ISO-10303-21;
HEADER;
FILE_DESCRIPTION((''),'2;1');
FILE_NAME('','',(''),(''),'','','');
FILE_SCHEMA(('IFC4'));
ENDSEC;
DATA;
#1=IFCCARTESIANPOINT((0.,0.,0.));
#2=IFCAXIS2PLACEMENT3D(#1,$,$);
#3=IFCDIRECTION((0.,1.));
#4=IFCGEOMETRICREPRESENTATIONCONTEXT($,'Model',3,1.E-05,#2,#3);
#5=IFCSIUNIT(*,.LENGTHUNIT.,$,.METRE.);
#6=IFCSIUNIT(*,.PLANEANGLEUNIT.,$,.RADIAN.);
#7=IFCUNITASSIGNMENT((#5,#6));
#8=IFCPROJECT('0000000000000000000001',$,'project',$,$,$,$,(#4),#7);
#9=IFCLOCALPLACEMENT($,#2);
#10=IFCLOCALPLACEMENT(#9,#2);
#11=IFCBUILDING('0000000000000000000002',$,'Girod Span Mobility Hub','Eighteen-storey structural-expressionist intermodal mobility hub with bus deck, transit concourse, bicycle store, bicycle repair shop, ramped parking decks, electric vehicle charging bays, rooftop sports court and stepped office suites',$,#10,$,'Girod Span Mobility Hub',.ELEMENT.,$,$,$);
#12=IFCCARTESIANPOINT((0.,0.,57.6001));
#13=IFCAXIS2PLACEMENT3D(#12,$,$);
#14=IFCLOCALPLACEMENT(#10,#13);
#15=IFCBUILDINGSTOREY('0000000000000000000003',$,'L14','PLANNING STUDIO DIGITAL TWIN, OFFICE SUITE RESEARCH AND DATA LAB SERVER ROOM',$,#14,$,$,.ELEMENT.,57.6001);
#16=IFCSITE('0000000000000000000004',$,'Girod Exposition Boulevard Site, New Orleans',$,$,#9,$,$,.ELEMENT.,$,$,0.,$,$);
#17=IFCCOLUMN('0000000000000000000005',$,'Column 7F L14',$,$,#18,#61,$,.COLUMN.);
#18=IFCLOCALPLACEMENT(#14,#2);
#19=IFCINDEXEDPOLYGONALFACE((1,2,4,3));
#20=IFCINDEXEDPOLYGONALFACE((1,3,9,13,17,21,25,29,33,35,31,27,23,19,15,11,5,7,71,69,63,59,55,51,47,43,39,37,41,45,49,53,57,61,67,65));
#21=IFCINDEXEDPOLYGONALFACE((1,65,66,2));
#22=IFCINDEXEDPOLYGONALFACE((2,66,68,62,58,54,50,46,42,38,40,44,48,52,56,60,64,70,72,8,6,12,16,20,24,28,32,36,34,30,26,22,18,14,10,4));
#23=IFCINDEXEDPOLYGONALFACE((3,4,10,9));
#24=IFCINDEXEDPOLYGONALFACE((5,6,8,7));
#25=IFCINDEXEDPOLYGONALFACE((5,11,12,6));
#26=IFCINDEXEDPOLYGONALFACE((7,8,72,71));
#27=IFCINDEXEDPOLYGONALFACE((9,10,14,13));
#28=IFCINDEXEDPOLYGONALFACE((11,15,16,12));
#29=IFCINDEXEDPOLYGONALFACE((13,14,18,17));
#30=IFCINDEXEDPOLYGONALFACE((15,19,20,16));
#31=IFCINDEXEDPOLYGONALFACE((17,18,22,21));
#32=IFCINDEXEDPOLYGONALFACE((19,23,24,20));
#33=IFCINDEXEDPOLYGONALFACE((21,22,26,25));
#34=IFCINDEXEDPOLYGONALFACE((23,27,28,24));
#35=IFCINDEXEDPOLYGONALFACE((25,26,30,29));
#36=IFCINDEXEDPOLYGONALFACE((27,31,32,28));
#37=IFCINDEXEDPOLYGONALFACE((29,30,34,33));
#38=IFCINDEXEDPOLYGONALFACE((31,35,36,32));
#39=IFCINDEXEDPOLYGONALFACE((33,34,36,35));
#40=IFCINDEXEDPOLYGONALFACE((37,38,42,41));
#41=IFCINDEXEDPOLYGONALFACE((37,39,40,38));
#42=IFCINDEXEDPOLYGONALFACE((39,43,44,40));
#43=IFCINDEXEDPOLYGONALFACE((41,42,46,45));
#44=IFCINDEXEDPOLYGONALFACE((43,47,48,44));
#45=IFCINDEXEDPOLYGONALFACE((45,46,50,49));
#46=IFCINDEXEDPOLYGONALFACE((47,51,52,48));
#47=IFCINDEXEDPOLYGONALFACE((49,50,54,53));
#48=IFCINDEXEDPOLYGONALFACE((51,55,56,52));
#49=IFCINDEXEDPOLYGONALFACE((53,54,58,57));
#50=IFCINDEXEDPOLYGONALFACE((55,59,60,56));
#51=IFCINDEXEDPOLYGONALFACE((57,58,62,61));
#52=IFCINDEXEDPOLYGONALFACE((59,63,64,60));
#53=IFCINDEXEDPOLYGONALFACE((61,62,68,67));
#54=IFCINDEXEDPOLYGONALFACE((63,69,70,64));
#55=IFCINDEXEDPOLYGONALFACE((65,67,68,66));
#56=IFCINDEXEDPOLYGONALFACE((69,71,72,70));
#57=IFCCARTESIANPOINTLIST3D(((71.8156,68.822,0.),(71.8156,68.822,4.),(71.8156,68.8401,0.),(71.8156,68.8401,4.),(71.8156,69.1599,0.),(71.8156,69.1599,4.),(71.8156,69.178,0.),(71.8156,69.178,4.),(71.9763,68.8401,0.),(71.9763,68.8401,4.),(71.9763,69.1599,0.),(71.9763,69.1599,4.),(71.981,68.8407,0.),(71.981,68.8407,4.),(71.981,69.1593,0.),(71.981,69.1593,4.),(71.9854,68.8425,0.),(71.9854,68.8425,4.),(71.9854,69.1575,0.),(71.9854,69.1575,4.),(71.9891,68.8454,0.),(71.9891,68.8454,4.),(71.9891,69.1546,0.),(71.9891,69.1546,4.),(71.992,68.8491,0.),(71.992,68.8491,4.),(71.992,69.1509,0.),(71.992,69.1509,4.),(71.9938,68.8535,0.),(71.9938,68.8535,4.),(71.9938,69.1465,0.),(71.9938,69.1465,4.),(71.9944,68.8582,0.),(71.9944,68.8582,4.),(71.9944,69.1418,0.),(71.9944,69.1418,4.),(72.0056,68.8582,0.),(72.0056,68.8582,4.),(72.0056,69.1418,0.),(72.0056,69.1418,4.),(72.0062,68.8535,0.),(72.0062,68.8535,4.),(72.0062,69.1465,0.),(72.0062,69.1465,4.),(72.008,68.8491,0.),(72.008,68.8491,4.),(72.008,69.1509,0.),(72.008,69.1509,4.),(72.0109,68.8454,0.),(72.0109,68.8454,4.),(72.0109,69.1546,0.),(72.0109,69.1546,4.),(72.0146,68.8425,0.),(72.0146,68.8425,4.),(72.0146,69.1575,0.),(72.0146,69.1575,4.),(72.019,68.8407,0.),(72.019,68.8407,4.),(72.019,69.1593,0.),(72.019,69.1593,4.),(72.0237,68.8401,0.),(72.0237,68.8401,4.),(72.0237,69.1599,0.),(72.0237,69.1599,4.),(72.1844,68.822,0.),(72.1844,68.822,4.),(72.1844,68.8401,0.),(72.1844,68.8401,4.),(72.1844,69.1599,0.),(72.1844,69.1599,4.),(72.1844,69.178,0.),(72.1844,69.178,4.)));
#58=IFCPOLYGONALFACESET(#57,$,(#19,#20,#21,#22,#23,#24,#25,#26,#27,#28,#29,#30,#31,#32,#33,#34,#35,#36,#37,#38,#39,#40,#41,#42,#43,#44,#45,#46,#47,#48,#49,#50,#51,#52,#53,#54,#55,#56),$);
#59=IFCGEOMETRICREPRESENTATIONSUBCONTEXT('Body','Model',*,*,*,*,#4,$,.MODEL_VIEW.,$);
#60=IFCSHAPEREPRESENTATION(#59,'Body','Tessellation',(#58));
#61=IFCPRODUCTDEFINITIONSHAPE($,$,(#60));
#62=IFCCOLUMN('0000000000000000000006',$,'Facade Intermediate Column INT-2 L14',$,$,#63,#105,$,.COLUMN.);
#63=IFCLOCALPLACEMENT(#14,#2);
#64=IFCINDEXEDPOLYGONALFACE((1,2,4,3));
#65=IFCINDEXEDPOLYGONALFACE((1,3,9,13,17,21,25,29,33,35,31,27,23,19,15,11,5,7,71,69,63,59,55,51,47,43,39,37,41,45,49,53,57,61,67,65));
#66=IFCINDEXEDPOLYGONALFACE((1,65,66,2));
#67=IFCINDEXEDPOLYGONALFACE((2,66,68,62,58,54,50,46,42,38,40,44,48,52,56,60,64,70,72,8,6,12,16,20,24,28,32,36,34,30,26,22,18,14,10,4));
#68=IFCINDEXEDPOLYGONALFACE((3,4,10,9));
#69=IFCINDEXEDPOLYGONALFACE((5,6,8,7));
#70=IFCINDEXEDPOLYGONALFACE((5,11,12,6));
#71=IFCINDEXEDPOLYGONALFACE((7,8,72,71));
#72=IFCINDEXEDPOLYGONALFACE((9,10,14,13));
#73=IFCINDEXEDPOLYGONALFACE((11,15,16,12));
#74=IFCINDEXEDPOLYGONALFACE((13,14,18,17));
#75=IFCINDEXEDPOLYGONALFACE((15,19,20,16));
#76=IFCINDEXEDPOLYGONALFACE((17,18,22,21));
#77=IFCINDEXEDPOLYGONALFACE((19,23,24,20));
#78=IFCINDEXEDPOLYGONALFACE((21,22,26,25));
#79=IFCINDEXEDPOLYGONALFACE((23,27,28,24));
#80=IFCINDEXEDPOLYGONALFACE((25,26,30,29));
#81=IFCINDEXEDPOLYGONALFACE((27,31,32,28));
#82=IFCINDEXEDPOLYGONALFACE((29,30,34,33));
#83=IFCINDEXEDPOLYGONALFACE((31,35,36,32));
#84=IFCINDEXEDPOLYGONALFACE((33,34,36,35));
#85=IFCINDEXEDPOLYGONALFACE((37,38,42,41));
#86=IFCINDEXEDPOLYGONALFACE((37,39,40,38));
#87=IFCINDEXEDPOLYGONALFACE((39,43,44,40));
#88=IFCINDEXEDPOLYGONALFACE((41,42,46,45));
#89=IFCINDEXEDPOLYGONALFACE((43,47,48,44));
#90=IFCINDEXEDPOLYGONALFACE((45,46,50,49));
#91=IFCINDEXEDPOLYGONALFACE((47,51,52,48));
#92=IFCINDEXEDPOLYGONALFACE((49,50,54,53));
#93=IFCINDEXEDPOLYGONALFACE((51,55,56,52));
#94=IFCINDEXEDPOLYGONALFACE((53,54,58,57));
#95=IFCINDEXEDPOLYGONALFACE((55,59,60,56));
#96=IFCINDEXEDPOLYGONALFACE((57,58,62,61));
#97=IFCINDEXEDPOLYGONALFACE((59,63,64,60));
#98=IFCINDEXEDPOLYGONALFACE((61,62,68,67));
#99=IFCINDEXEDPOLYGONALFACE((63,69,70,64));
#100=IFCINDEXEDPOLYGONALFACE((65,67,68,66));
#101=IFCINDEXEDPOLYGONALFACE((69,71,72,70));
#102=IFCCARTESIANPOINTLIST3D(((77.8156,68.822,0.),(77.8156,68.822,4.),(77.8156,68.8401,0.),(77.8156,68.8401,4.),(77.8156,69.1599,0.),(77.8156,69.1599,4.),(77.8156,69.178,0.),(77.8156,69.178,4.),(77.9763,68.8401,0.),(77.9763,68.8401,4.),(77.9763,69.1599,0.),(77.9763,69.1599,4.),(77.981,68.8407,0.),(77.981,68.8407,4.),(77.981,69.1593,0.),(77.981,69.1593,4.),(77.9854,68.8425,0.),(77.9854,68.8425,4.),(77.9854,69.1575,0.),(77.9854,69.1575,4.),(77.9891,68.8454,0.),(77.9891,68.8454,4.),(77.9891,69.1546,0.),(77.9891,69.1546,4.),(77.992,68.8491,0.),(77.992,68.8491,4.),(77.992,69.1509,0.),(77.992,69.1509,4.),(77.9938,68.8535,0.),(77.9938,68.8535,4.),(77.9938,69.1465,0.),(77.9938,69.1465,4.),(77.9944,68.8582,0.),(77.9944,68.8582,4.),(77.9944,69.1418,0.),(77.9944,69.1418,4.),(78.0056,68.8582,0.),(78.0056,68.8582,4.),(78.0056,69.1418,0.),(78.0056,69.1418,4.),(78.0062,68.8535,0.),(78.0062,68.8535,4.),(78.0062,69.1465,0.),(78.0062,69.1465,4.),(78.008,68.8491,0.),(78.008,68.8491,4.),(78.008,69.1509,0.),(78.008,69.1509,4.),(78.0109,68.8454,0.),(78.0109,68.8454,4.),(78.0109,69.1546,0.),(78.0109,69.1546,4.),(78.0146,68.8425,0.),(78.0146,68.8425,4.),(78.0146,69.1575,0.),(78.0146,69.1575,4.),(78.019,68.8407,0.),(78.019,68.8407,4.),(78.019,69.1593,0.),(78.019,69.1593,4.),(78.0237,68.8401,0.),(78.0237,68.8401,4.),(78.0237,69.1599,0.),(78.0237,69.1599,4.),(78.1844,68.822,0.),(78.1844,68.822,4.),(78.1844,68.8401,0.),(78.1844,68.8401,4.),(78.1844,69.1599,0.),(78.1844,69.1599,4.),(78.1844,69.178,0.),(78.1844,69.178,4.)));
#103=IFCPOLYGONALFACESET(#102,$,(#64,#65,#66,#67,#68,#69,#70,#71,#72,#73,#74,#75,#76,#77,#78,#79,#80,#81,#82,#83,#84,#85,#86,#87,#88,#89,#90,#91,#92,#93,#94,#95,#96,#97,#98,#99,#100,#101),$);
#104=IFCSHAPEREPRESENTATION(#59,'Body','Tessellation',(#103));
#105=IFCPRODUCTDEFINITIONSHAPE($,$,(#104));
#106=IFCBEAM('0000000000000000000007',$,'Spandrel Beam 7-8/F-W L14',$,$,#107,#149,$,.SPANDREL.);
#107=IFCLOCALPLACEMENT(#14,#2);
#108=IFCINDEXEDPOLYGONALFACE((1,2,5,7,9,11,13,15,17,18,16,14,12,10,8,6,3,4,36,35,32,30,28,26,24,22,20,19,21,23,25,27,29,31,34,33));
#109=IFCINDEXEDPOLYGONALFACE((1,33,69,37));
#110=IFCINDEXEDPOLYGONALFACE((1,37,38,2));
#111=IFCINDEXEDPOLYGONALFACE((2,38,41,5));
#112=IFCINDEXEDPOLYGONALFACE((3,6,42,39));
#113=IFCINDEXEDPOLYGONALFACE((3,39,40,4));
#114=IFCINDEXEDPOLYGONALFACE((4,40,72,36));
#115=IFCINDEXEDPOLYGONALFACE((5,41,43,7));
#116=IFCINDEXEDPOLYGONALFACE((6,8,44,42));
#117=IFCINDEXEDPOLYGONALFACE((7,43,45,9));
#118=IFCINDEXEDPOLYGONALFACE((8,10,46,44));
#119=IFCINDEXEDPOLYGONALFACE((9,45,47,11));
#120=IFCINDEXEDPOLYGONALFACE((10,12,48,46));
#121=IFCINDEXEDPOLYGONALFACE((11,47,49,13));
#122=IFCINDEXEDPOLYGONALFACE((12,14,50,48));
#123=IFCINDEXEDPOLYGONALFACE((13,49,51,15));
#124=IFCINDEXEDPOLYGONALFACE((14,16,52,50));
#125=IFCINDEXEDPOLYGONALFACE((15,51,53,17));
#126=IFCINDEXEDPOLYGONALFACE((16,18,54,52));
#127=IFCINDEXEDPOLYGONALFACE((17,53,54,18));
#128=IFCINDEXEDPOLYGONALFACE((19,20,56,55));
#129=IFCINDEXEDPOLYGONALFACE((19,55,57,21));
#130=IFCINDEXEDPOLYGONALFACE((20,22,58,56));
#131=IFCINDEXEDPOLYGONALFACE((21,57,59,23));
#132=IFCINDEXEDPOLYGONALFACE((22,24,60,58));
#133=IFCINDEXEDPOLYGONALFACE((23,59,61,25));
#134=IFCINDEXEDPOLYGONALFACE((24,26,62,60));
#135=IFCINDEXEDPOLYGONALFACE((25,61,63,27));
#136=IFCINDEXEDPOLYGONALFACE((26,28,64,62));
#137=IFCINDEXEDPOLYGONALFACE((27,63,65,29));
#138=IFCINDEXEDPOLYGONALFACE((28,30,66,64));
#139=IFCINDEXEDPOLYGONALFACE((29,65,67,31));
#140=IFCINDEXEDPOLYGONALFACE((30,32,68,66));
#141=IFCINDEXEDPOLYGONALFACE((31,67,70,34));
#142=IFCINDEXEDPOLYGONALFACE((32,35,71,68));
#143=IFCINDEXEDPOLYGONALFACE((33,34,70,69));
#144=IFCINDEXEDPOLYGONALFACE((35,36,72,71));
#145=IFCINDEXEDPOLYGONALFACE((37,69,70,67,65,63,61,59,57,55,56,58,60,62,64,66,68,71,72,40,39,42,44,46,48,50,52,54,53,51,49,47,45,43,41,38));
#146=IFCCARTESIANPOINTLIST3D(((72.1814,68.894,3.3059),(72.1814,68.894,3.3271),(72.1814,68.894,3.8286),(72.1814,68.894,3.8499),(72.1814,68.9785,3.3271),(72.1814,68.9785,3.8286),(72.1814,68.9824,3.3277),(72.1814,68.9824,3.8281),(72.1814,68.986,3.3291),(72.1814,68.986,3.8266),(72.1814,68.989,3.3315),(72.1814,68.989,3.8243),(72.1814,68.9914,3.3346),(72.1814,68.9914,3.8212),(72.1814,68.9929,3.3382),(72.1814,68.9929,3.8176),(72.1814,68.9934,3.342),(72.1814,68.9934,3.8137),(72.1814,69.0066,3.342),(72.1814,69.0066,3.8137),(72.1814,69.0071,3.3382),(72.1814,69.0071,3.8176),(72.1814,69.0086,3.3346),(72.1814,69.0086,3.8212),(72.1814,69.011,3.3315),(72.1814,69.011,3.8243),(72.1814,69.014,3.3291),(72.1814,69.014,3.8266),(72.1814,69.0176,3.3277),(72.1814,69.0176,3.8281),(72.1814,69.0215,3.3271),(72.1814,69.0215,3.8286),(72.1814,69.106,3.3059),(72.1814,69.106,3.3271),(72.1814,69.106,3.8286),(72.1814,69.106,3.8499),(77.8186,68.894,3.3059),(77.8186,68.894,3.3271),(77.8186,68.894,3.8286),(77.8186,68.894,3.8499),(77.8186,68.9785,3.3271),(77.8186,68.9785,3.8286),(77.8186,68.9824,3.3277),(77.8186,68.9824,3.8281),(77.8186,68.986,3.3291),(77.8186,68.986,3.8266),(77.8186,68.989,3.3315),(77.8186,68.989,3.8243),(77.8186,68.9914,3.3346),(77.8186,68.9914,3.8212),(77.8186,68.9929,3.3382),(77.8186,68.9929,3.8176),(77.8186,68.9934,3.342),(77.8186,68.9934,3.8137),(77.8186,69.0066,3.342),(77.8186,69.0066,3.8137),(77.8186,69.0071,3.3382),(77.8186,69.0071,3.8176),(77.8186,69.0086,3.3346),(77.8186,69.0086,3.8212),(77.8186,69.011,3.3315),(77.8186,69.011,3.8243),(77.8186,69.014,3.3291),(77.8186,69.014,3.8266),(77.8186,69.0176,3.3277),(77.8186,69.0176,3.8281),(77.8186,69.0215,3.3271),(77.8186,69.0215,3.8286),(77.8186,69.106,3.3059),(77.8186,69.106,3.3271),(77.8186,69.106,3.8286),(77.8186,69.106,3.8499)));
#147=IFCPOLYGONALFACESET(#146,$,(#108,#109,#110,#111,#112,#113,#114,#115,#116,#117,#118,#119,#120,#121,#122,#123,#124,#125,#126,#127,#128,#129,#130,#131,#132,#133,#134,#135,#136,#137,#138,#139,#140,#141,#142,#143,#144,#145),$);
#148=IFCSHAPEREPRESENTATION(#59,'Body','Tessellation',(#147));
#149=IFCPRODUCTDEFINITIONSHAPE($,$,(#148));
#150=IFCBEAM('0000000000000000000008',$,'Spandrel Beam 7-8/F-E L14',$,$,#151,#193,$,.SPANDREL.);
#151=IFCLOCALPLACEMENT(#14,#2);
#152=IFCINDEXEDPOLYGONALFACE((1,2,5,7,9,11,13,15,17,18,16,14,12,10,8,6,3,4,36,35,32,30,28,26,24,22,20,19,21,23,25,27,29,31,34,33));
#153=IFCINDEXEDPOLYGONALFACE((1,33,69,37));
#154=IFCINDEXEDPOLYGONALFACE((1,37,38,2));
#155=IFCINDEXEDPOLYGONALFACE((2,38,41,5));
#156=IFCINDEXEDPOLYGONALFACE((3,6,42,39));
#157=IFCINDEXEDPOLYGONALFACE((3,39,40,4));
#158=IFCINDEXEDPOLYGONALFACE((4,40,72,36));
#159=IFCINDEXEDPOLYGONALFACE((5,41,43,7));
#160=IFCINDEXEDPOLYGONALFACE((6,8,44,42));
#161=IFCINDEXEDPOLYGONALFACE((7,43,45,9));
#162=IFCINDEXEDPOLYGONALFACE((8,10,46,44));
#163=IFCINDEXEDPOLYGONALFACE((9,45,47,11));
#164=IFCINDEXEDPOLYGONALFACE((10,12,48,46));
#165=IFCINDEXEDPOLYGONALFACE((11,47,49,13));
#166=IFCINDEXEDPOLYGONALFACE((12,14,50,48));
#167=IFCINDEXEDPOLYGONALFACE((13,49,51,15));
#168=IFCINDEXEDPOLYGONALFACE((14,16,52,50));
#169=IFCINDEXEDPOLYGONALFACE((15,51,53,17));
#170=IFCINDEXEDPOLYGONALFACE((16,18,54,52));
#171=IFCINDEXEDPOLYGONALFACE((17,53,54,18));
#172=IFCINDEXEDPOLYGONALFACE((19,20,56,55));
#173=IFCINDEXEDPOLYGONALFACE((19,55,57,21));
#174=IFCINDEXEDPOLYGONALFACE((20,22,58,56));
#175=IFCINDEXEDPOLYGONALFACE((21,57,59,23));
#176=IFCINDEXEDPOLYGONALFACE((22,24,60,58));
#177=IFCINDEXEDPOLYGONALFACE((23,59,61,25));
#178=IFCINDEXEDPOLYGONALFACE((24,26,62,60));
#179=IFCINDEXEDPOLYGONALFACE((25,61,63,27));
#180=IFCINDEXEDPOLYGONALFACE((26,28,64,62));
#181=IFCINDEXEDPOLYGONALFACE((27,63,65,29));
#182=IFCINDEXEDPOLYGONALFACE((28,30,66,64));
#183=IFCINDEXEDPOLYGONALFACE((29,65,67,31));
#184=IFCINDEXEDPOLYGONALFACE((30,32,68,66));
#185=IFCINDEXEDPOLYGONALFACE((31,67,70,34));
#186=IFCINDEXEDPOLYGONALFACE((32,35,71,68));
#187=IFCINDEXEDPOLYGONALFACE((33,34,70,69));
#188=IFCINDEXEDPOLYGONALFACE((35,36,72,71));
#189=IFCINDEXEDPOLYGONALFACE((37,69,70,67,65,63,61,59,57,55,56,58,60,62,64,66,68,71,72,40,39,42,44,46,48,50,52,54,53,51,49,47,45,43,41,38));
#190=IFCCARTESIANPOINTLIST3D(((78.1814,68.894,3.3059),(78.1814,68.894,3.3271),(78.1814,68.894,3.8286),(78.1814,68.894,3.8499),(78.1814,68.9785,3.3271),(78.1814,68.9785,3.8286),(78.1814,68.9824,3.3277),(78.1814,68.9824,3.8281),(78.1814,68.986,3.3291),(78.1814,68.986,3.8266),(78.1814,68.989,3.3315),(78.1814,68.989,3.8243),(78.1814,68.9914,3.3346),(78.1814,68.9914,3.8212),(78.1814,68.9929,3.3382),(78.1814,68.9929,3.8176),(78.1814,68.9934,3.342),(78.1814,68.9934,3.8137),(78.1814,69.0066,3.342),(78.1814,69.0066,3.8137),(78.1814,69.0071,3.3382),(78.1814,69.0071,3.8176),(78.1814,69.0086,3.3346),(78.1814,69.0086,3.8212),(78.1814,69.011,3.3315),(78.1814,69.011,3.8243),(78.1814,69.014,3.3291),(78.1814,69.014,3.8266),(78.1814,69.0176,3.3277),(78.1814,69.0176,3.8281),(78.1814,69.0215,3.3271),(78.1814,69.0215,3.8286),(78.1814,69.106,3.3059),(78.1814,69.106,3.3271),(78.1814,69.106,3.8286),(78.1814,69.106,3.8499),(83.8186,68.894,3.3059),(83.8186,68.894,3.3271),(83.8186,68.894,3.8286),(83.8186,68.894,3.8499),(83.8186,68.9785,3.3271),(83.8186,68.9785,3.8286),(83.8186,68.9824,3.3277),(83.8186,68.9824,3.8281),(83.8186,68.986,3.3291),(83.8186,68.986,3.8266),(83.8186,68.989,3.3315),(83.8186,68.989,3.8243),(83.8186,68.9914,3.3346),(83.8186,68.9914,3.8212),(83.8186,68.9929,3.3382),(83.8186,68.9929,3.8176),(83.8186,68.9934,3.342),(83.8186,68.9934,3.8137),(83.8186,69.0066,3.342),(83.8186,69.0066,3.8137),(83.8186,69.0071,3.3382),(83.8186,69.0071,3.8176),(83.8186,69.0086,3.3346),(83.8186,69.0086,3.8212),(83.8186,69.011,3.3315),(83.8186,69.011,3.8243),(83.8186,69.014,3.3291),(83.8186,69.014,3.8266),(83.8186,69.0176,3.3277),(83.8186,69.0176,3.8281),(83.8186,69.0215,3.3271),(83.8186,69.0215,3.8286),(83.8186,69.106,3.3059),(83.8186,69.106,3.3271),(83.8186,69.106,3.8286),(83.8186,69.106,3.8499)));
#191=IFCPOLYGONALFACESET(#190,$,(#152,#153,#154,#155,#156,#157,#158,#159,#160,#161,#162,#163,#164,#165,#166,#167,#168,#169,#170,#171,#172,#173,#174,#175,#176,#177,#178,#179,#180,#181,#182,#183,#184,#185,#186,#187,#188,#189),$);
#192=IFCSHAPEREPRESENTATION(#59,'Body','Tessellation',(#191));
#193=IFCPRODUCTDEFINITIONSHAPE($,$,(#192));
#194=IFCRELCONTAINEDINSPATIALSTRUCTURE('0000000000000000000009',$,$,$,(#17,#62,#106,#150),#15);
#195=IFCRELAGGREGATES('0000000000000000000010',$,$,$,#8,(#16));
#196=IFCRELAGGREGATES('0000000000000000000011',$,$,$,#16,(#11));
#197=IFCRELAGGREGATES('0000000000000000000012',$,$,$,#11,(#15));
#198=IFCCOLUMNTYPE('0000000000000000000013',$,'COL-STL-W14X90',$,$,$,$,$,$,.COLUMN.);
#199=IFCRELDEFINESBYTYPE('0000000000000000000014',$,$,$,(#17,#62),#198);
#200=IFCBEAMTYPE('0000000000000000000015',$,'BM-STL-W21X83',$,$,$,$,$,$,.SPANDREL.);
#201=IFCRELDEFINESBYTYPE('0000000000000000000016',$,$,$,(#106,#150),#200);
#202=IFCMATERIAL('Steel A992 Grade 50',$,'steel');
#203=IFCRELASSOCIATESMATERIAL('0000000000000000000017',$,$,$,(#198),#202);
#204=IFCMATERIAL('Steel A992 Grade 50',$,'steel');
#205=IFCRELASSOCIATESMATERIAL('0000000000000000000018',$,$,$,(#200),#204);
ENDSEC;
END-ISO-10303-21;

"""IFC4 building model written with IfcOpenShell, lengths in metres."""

from ifc_helpers import new_model, si_unit, direction, frame, origin, origin_2d, place, context, subcontext, project, spatial, i_section, extrude, material, material_profile, profile_set, type_object, element, save


model = new_model("IFC4")

# Units and contexts
model_context = context("Model", 3, precision=1e-05, world=origin(), true_north=direction((0.0, 1.0)))
body_context = subcontext(model_context, "Body", "Model", "MODEL_VIEW")
ifc_project = project(units=[si_unit("LENGTHUNIT", "METRE"), si_unit("PLANEANGLEUNIT", "RADIAN")], contexts=[model_context])

# Site, building, storey
site_placement = place(None, origin())
site = spatial("IfcSite", under=ifc_project, at=site_placement, Name="Girod Exposition Boulevard Site, New Orleans", CompositionType="ELEMENT", RefElevation=0.0)
building_placement = place(site_placement, origin())
building = spatial("IfcBuilding", under=site, at=building_placement, Name="Girod Span Mobility Hub", Description="Eighteen-storey structural-expressionist intermodal mobility hub with bus deck, transit concourse, bicycle store, bicycle repair shop, ramped parking decks, electric vehicle charging bays, rooftop sports court and stepped office suites", LongName="Girod Span Mobility Hub", CompositionType="ELEMENT")
storey_placement = place(building_placement, frame((0.0, 0.0, 57.6001)))
storey = spatial("IfcBuildingStorey", under=building, at=storey_placement, Name="L14", Description="PLANNING STUDIO DIGITAL TWIN, OFFICE SUITE RESEARCH AND DATA LAB SERVER ROOM", CompositionType="ELEMENT", Elevation=57.6001)

# Columns
ifc_material_1 = material(Name="Steel A992 Grade 50", Category="steel")
ifc_material_profile_1 = material_profile(ifc_material_1, i_section(OverallWidth=0.3689, OverallDepth=0.356, WebThickness=0.0112, FlangeThickness=0.0181, FilletRadius=0.0181, at=origin_2d()), Name="W14X90")
ifc_profile_set_1 = profile_set([ifc_material_profile_1], Name="Steel A992 Grade 50")
column_type = type_object("IfcColumnType", Name="COL-STL-W14X90", PredefinedType="COLUMN", material=ifc_profile_set_1)
for number, where, z_axis, x_axis, name in (
    (1, (72.0, 69.0, 0.0), (0.0, 0.0, 1.0), (1.0, 0.0, 0.0), "Column 7F L14"),
    (2, (78.0, 69.0, 0.0), (0.0, 0.0, 1.0), (1.0, 0.0, 0.0), "Facade Intermediate Column INT-2 L14"),
):
    element("IfcColumn", number, at=place(storey_placement, frame(where, z_axis=z_axis, x_axis=x_axis)), inside=storey, type_object=column_type, Name=name, PredefinedType="COLUMN", context=body_context, shape_type="SweptSolid", body=[
        extrude(i_section(OverallWidth=0.3689, OverallDepth=0.356, WebThickness=0.0112, FlangeThickness=0.0181, FilletRadius=0.0181, at=origin_2d()), origin(), (0.0, 0.0, 1.0), 4.0),
    ])

# Beams
ifc_material_2 = material(Name="Steel A992 Grade 50", Category="steel")
ifc_material_profile_2 = material_profile(ifc_material_2, i_section(OverallWidth=0.2119, OverallDepth=0.5439, WebThickness=0.0132, FlangeThickness=0.0212, FilletRadius=0.0149, at=origin_2d()), Name="W21X83")
ifc_profile_set_2 = profile_set([ifc_material_profile_2], Name="Steel A992 Grade 50")
beam_type = type_object("IfcBeamType", Name="BM-STL-W21X83", PredefinedType="SPANDREL", material=ifc_profile_set_2)
for number, where, z_axis, x_axis, name in (
    (3, (72.1814, 69.0, 3.5779), (1.0, 0.0, 0.0), (0.0, 1.0, 0.0), "Spandrel Beam 7-8/F-W L14"),
    (4, (78.1814, 69.0, 3.5779), (1.0, 0.0, 0.0), (0.0, 1.0, 0.0), "Spandrel Beam 7-8/F-E L14"),
):
    element("IfcBeam", number, at=place(storey_placement, frame(where, z_axis=z_axis, x_axis=x_axis)), inside=storey, type_object=beam_type, Name=name, PredefinedType="SPANDREL", context=body_context, shape_type="SweptSolid", body=[
        extrude(i_section(OverallWidth=0.2119, OverallDepth=0.5439, WebThickness=0.0132, FlangeThickness=0.0212, FilletRadius=0.0149, at=origin_2d()), origin(), (0.0, 0.0, 1.0), 5.6372),
    ])

save(model, "model.ifc")
